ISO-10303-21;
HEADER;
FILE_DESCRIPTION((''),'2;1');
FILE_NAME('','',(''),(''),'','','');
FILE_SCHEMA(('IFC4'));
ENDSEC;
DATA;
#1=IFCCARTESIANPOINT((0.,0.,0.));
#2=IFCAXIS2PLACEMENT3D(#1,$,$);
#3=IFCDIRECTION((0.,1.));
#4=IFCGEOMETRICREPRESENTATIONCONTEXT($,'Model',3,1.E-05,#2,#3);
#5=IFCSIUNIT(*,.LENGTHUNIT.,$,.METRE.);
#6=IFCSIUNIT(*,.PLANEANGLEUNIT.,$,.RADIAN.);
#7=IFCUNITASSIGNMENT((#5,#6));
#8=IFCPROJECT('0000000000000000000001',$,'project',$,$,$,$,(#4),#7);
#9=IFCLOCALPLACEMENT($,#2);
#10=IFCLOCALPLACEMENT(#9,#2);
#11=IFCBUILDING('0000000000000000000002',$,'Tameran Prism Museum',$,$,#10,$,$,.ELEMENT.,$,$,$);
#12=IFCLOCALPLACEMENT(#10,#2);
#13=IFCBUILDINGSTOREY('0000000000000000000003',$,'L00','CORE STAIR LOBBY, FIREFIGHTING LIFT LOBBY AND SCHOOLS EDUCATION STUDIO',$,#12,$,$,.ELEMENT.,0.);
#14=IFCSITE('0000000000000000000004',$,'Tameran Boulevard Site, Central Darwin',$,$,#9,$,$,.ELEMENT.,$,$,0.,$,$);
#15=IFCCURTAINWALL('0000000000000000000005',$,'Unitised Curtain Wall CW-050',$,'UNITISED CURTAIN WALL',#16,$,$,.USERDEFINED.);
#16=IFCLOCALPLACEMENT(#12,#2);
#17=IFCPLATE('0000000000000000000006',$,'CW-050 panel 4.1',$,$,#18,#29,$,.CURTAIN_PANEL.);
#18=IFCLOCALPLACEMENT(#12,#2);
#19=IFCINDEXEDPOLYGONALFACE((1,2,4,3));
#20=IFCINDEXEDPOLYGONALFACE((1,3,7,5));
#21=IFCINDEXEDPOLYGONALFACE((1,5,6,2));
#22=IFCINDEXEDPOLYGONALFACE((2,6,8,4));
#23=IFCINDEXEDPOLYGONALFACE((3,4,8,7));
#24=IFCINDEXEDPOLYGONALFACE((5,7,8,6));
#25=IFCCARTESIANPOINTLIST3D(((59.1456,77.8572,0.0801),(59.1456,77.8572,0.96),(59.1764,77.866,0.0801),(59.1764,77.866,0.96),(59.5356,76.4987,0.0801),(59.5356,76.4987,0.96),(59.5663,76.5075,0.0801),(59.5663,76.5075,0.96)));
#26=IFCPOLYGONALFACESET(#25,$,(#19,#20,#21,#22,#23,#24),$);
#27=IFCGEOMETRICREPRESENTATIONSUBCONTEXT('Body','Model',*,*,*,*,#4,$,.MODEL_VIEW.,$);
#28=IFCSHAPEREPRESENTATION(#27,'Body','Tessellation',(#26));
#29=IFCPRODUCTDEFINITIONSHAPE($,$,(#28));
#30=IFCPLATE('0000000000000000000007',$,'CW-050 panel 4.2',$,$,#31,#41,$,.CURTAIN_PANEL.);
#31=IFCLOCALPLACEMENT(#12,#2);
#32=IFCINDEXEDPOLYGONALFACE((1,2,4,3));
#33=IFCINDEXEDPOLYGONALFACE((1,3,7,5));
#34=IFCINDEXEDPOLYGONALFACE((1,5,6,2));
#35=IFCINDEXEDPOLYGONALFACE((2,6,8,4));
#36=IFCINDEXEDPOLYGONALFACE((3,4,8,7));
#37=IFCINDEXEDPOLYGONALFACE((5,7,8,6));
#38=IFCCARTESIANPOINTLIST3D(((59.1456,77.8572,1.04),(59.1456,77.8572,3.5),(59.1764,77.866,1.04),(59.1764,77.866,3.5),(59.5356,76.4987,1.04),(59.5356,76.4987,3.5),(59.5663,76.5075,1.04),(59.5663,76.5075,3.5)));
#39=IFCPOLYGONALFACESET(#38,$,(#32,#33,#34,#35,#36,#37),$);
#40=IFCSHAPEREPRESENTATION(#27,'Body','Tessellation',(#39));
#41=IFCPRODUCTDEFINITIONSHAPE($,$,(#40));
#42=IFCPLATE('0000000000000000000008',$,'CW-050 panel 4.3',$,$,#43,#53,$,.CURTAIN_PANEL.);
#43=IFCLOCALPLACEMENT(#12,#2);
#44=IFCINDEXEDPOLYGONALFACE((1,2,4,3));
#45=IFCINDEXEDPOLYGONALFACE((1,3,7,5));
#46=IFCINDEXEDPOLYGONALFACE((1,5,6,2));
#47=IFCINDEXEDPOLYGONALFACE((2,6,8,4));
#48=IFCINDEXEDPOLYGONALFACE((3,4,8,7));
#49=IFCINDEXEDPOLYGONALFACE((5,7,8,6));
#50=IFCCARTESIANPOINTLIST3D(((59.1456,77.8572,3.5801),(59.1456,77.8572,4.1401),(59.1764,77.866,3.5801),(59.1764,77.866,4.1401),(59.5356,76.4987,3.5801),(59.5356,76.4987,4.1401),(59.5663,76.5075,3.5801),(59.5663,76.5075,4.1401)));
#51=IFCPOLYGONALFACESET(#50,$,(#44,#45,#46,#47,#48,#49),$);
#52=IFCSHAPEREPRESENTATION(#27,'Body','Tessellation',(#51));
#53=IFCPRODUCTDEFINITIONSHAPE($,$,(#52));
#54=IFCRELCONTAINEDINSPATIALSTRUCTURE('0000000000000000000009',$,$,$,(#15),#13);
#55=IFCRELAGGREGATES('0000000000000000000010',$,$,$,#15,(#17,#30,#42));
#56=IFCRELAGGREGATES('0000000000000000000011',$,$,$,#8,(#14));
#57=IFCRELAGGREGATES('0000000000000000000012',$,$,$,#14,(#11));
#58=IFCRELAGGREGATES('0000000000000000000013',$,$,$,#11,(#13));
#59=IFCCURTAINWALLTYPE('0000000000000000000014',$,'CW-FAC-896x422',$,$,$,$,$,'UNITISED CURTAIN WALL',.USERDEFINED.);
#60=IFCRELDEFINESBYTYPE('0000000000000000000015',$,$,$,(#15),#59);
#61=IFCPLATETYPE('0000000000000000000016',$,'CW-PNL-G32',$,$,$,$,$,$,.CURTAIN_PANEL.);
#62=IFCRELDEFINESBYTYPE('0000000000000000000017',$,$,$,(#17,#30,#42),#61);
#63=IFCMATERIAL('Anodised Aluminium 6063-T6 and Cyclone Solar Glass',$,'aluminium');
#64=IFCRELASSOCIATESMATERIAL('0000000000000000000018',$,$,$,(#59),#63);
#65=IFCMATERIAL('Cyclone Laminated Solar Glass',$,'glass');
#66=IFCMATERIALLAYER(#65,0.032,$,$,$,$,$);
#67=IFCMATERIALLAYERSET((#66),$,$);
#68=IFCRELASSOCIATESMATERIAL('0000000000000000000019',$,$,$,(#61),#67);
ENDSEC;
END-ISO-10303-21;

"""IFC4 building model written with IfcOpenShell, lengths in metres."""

from ifc_helpers import new_model, si_unit, direction, frame, origin, origin_2d, place, context, subcontext, project, spatial, rectangle, extrude, material, layer, layer_set, type_object, element, aggregate, save


model = new_model("IFC4")

# Units and contexts
model_context = context("Model", 3, precision=1e-05, world=origin(), true_north=direction((0.0, 1.0)))
body_context = subcontext(model_context, "Body", "Model", "MODEL_VIEW")
ifc_project = project(units=[si_unit("LENGTHUNIT", "METRE"), si_unit("PLANEANGLEUNIT", "RADIAN")], contexts=[model_context])

# Site, building, storey
site_placement = place(None, origin())
site = spatial("IfcSite", under=ifc_project, at=site_placement, Name="Tameran Boulevard Site, Central Darwin", CompositionType="ELEMENT", RefElevation=0.0)
building_placement = place(site_placement, origin())
building = spatial("IfcBuilding", under=site, at=building_placement, Name="Tameran Prism Museum", CompositionType="ELEMENT")
storey_placement = place(building_placement, origin())
storey = spatial("IfcBuildingStorey", under=building, at=storey_placement, Name="L00", Description="CORE STAIR LOBBY, FIREFIGHTING LIFT LOBBY AND SCHOOLS EDUCATION STUDIO", CompositionType="ELEMENT", Elevation=0.0)

# Curtain wall, plates
ifc_material_1 = material(Name="Anodised Aluminium 6063-T6 and Cyclone Solar Glass", Category="aluminium")
curtain_wall_type = type_object("IfcCurtainWallType", Name="CW-FAC-896x422", ElementType="UNITISED CURTAIN WALL", PredefinedType="USERDEFINED", material=ifc_material_1)
curtain_wall_placement = place(storey_placement, origin())
curtain_wall = element("IfcCurtainWall", 1, at=curtain_wall_placement, inside=storey, type_object=curtain_wall_type, Name="Unitised Curtain Wall CW-050", ObjectType="UNITISED CURTAIN WALL", PredefinedType="USERDEFINED")
ifc_material_2 = material(Name="Cyclone Laminated Solar Glass", Category="glass")
ifc_layer = layer(ifc_material_2, 0.032)
ifc_layer_set = layer_set([ifc_layer])
plate_type = type_object("IfcPlateType", Name="CW-PNL-G32", PredefinedType="CURTAIN_PANEL", material=ifc_layer_set)
plate_1_placement = place(storey_placement, frame((59.356, 77.1824, 0.0801), z_axis=(0.0, 0.0, 1.0), x_axis=(0.2759, -0.961186, 0.0)))
plate_1 = element("IfcPlate", 2, at=plate_1_placement, type_object=plate_type, Name="CW-050 panel 4.1", PredefinedType="CURTAIN_PANEL", context=body_context, shape_type="SweptSolid", body=[
    extrude(rectangle(XDim=1.4133, YDim=0.032, at=origin_2d()), origin(), (0.0, 0.0, 1.0), 0.8799),
])
plate_2_placement = place(storey_placement, frame((59.356, 77.1824, 1.04), z_axis=(0.0, 0.0, 1.0), x_axis=(0.2759, -0.961186, 0.0)))
plate_2 = element("IfcPlate", 3, at=plate_2_placement, type_object=plate_type, Name="CW-050 panel 4.2", PredefinedType="CURTAIN_PANEL", context=body_context, shape_type="SweptSolid", body=[
    extrude(rectangle(XDim=1.4133, YDim=0.032, at=origin_2d()), origin(), (0.0, 0.0, 1.0), 2.46),
])
plate_3_placement = place(storey_placement, frame((59.356, 77.1824, 3.5801), z_axis=(0.0, 0.0, 1.0), x_axis=(0.2759, -0.961186, 0.0)))
plate_3 = element("IfcPlate", 4, at=plate_3_placement, type_object=plate_type, Name="CW-050 panel 4.3", PredefinedType="CURTAIN_PANEL", context=body_context, shape_type="SweptSolid", body=[
    extrude(rectangle(XDim=1.4133, YDim=0.032, at=origin_2d()), origin(), (0.0, 0.0, 1.0), 0.5601),
])
aggregate(curtain_wall, [plate_1, plate_2, plate_3])

save(model, "model.ifc")
